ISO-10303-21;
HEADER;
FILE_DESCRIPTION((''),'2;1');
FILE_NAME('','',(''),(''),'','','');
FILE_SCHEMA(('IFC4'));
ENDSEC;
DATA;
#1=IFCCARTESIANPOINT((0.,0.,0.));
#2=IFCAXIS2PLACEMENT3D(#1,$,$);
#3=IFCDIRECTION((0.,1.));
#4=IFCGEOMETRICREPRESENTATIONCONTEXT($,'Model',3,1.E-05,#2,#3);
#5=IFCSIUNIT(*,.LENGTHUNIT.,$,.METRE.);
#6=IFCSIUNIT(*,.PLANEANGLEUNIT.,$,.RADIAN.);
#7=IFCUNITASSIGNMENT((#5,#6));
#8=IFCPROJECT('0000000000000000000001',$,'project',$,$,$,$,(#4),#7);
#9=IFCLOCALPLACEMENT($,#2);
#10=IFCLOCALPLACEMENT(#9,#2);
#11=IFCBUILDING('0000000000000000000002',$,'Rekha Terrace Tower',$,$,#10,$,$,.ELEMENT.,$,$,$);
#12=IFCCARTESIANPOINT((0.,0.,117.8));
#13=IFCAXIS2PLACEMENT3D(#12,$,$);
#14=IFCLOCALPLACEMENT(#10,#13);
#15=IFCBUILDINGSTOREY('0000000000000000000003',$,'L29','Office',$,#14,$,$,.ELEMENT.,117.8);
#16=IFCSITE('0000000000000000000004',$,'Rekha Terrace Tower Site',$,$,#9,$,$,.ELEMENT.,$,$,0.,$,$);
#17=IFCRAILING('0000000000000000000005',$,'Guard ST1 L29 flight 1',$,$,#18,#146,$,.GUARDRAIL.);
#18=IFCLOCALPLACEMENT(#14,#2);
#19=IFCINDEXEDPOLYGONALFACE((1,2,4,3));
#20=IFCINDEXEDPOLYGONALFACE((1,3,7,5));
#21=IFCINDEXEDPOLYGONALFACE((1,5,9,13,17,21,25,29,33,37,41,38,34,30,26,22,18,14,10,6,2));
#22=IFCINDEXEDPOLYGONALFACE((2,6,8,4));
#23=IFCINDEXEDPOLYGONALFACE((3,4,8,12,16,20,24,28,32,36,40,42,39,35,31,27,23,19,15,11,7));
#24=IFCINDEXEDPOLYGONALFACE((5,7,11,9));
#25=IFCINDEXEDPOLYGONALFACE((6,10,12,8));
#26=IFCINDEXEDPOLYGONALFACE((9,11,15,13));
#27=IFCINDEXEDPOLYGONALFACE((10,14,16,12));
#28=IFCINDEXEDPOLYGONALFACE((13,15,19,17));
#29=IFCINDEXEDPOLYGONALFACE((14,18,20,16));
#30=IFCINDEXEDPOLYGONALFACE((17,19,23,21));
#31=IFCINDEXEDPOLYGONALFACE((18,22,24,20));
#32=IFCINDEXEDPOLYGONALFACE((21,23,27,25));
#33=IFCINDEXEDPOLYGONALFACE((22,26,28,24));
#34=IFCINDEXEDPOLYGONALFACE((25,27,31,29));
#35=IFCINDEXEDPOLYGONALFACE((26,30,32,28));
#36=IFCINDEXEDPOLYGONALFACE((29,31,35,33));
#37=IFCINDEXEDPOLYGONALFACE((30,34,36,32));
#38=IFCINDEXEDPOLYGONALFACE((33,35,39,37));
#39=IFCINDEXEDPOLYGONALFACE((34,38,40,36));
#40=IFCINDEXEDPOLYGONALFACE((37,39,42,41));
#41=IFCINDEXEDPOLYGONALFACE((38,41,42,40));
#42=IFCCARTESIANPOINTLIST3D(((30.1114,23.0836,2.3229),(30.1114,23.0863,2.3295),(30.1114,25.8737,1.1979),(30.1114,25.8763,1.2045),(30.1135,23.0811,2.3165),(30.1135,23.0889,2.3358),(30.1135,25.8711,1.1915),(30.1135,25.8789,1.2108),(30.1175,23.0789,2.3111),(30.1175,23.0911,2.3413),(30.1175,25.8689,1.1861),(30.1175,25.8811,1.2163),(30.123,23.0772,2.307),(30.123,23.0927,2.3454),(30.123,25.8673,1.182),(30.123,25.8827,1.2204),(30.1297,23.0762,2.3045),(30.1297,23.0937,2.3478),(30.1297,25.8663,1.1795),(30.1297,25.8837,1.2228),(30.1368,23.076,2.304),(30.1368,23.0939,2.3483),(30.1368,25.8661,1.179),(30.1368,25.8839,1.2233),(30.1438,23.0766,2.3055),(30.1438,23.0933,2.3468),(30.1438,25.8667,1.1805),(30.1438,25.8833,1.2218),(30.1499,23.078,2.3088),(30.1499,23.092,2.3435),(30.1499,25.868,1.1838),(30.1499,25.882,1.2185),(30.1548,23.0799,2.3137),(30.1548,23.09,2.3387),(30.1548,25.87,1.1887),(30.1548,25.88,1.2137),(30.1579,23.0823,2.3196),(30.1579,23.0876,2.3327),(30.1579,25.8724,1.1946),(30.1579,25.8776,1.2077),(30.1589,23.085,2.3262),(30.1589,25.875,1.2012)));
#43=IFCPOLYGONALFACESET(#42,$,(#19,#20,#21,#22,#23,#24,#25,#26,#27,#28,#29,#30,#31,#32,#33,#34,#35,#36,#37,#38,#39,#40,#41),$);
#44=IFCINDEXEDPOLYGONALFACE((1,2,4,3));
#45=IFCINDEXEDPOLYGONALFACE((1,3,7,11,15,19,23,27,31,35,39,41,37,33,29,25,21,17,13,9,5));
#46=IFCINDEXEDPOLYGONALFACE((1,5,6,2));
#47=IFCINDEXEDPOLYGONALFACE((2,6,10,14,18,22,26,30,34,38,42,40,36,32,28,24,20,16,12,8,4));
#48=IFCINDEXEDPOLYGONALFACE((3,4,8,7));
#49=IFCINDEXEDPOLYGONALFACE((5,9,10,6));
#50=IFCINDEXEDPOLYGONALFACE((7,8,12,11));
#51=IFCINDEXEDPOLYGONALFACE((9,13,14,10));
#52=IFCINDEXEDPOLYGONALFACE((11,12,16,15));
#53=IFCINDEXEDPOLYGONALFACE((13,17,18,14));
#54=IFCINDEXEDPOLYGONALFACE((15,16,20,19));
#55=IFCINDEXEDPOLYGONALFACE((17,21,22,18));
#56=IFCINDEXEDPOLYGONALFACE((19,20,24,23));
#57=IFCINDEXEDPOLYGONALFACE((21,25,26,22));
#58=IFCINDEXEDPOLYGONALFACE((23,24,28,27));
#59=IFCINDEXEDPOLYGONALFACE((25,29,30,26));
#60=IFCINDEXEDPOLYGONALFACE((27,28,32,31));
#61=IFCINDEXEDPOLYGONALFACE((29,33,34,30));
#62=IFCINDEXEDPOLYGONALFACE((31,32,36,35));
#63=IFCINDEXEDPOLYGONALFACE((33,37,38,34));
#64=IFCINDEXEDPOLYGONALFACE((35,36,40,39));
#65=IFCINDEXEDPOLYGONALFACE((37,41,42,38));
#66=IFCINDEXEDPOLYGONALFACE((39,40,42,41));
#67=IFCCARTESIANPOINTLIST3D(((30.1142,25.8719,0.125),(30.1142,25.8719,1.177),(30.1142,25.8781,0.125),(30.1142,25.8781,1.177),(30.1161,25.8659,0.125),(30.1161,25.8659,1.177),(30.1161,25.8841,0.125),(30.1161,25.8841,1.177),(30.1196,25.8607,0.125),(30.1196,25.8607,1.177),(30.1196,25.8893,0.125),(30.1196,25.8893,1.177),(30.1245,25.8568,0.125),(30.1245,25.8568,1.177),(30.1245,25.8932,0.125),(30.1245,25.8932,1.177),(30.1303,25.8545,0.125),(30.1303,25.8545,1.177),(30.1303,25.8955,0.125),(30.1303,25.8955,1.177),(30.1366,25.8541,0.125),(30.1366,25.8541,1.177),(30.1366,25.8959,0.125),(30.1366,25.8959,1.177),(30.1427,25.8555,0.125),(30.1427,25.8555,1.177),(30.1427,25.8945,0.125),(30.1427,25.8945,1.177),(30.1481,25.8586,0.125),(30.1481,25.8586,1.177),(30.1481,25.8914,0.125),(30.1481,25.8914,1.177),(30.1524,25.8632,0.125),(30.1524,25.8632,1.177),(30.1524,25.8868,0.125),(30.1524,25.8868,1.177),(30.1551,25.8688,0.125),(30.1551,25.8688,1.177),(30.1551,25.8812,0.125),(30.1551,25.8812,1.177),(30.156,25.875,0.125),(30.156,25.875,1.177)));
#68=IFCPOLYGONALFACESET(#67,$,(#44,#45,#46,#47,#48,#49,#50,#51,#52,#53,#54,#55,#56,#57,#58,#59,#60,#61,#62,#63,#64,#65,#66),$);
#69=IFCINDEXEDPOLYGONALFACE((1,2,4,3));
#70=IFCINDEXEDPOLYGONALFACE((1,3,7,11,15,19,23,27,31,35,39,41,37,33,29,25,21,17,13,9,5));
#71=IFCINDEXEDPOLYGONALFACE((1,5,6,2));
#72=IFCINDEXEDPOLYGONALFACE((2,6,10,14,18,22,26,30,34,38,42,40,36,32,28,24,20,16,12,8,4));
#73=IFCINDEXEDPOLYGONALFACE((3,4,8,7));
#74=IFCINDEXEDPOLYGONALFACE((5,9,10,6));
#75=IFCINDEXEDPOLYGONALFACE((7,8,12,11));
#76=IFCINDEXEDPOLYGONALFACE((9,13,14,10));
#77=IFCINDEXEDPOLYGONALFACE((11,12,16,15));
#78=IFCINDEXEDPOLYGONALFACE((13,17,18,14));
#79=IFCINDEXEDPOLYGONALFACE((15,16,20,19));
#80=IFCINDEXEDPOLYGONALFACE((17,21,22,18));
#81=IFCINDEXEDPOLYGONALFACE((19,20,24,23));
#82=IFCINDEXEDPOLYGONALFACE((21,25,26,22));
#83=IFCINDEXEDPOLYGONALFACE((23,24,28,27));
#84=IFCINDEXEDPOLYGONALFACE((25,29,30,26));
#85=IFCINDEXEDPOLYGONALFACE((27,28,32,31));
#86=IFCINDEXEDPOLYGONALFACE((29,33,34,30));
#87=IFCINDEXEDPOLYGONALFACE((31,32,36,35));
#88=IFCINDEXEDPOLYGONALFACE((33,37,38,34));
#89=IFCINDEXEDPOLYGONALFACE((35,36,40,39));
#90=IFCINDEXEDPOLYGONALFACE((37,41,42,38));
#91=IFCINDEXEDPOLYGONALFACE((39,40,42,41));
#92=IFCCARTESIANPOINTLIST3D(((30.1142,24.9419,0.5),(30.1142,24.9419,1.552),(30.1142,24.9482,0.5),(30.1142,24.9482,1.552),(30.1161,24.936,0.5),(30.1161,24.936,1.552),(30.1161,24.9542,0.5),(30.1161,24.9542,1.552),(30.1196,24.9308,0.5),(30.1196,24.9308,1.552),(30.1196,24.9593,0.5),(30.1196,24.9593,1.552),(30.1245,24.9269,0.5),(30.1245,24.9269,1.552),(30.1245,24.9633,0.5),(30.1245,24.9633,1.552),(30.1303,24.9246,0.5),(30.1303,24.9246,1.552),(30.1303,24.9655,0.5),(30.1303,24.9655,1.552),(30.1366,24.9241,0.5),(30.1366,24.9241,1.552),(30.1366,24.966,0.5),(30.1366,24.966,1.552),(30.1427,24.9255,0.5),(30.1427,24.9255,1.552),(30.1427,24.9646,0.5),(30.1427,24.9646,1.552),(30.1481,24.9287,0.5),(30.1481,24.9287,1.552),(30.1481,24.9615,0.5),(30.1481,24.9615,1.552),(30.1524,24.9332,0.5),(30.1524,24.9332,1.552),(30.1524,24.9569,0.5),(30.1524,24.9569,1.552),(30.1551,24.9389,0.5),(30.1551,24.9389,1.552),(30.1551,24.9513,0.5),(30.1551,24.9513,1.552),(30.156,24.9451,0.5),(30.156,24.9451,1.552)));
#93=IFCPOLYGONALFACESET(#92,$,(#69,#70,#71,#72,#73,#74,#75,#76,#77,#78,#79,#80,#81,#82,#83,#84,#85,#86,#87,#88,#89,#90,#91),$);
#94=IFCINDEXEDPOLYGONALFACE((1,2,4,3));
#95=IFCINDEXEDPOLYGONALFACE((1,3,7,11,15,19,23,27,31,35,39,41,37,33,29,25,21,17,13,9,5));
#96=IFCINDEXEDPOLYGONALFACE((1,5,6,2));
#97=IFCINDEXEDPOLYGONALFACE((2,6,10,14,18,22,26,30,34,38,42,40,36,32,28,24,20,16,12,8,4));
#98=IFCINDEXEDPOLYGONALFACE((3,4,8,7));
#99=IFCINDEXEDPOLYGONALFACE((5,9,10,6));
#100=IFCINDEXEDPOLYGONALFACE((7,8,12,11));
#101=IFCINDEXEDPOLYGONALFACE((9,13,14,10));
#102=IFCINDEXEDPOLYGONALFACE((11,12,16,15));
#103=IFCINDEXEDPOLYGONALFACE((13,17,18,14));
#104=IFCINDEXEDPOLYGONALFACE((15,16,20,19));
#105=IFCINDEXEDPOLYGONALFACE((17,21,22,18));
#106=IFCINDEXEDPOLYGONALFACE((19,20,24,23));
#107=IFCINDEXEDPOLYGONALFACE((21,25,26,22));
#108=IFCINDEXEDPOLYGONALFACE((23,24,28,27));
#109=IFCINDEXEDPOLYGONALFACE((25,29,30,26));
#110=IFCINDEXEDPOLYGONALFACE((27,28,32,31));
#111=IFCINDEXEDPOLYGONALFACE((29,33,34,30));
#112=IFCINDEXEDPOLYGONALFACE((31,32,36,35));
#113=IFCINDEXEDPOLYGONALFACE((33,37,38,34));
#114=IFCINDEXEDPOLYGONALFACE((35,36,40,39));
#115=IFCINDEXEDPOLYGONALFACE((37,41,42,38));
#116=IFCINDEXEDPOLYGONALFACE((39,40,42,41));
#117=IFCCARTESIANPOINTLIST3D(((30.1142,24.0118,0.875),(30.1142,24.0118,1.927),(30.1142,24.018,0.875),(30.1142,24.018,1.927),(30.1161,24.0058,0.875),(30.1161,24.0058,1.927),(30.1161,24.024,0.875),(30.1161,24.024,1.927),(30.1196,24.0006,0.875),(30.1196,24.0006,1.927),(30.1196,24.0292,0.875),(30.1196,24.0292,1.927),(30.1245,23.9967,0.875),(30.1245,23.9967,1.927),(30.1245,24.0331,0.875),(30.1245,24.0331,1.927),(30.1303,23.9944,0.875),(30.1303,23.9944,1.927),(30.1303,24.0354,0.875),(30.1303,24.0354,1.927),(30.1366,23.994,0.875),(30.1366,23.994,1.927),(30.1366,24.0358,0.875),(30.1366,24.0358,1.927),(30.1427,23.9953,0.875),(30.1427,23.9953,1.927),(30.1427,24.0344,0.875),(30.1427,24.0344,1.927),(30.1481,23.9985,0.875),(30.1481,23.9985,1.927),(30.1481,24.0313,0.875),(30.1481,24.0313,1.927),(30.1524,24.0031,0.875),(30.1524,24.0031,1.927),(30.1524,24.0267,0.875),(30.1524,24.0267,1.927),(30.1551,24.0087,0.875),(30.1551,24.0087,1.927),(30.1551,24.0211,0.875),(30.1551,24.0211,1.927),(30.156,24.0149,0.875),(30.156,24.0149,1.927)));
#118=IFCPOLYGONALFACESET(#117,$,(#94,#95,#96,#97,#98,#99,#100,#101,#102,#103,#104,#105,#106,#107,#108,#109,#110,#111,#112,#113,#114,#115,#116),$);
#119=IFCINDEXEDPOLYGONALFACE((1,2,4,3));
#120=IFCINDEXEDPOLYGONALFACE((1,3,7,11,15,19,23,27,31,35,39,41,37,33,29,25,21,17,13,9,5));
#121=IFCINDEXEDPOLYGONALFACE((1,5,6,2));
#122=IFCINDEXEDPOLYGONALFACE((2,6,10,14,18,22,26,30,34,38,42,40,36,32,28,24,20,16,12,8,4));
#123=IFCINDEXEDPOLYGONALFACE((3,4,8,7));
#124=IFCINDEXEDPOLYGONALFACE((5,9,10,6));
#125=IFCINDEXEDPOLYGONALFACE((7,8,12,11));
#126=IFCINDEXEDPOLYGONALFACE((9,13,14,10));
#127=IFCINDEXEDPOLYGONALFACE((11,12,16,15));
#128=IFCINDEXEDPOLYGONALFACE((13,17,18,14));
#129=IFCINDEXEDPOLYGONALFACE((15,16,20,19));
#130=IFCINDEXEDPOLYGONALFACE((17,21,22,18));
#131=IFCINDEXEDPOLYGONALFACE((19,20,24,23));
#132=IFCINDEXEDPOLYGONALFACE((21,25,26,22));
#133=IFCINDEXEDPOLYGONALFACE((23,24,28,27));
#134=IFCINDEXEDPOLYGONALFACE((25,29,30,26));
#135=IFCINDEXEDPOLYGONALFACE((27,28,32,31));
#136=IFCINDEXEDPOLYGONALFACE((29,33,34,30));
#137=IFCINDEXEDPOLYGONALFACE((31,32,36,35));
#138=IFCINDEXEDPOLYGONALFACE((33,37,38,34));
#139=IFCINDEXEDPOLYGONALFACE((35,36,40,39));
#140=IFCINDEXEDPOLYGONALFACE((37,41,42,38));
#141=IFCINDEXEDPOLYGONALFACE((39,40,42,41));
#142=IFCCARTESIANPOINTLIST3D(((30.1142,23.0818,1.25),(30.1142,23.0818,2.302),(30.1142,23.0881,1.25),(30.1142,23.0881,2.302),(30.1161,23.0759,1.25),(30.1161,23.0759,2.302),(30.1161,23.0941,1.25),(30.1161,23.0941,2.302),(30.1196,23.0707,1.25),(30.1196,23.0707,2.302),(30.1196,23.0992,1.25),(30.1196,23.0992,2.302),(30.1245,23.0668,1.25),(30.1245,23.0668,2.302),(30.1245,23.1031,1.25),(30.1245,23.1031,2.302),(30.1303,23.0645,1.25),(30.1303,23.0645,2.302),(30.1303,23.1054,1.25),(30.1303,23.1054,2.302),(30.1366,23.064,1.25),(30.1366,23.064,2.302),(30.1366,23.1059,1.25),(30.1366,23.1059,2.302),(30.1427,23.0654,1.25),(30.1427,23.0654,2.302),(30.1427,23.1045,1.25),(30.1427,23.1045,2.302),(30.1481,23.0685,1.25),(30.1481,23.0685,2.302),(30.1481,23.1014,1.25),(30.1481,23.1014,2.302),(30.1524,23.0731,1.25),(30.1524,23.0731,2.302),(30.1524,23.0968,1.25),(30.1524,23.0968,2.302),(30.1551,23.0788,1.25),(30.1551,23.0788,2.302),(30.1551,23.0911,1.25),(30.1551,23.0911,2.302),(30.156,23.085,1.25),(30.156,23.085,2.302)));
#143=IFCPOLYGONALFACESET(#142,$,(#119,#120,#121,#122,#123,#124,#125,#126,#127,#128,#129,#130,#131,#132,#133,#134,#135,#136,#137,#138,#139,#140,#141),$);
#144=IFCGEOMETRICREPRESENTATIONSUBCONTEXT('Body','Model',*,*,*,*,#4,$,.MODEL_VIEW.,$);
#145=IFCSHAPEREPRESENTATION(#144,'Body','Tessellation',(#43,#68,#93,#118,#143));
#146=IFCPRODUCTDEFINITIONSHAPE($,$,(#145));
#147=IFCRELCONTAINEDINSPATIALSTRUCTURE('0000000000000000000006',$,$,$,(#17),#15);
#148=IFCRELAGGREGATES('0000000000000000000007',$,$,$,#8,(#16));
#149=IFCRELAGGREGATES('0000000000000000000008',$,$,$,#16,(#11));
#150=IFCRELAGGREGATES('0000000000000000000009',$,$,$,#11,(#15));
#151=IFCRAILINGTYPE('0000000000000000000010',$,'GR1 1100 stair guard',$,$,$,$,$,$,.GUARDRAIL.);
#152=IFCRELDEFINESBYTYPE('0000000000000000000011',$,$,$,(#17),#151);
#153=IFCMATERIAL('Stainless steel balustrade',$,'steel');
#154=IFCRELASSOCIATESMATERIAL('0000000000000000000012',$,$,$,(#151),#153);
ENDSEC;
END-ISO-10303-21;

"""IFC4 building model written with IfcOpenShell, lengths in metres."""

from ifc_helpers import new_model, si_unit, direction, frame, origin, origin_2d, place, context, subcontext, project, spatial, circle, extrude, material, type_object, element, save


model = new_model("IFC4")

# Units and contexts
model_context = context("Model", 3, precision=1e-05, world=origin(), true_north=direction((0.0, 1.0)))
body_context = subcontext(model_context, "Body", "Model", "MODEL_VIEW")
ifc_project = project(units=[si_unit("LENGTHUNIT", "METRE"), si_unit("PLANEANGLEUNIT", "RADIAN")], contexts=[model_context])

# Site, building, storey
site_placement = place(None, origin())
site = spatial("IfcSite", under=ifc_project, at=site_placement, Name="Rekha Terrace Tower Site", CompositionType="ELEMENT", RefElevation=0.0)
building_placement = place(site_placement, origin())
building = spatial("IfcBuilding", under=site, at=building_placement, Name="Rekha Terrace Tower", CompositionType="ELEMENT")
storey_placement = place(building_placement, frame((0.0, 0.0, 117.8)))
storey = spatial("IfcBuildingStorey", under=building, at=storey_placement, Name="L29", Description="Office", CompositionType="ELEMENT", Elevation=117.8)

# Railing
ifc_material_1 = material(Name="Stainless steel balustrade", Category="steel")
railing_type_1 = type_object("IfcRailingType", Name="GR1 1100 stair guard", PredefinedType="GUARDRAIL", material=ifc_material_1)
railing_1_placement = place(storey_placement, frame((30.135, 25.875, 0.125)))
element("IfcRailing", 1, at=railing_1_placement, inside=storey, type_object=railing_type_1, Name="Guard ST1 L29 flight 1", PredefinedType="GUARDRAIL", context=body_context, shape_type="SweptSolid", body=[
    extrude(circle(Radius=0.0239, at=origin_2d()), frame((0.0, 0.0, 1.0762), z_axis=(0.0, -0.927443, 0.373964), x_axis=(1.0, 0.0, 0.0)), (0.0, 0.0, 1.0), 3.0083),
    extrude(circle(Radius=0.021, at=origin_2d()), origin(), (0.0, 0.0, 1.0), 1.052),
    extrude(circle(Radius=0.021, at=origin_2d()), frame((0.0, -0.9299, 0.375)), (0.0, 0.0, 1.0), 1.052),
    extrude(circle(Radius=0.021, at=origin_2d()), frame((0.0, -1.8601, 0.75)), (0.0, 0.0, 1.0), 1.052),
    extrude(circle(Radius=0.021, at=origin_2d()), frame((0.0, -2.79, 1.125)), (0.0, 0.0, 1.0), 1.052),
])

save(model, "model.ifc")
